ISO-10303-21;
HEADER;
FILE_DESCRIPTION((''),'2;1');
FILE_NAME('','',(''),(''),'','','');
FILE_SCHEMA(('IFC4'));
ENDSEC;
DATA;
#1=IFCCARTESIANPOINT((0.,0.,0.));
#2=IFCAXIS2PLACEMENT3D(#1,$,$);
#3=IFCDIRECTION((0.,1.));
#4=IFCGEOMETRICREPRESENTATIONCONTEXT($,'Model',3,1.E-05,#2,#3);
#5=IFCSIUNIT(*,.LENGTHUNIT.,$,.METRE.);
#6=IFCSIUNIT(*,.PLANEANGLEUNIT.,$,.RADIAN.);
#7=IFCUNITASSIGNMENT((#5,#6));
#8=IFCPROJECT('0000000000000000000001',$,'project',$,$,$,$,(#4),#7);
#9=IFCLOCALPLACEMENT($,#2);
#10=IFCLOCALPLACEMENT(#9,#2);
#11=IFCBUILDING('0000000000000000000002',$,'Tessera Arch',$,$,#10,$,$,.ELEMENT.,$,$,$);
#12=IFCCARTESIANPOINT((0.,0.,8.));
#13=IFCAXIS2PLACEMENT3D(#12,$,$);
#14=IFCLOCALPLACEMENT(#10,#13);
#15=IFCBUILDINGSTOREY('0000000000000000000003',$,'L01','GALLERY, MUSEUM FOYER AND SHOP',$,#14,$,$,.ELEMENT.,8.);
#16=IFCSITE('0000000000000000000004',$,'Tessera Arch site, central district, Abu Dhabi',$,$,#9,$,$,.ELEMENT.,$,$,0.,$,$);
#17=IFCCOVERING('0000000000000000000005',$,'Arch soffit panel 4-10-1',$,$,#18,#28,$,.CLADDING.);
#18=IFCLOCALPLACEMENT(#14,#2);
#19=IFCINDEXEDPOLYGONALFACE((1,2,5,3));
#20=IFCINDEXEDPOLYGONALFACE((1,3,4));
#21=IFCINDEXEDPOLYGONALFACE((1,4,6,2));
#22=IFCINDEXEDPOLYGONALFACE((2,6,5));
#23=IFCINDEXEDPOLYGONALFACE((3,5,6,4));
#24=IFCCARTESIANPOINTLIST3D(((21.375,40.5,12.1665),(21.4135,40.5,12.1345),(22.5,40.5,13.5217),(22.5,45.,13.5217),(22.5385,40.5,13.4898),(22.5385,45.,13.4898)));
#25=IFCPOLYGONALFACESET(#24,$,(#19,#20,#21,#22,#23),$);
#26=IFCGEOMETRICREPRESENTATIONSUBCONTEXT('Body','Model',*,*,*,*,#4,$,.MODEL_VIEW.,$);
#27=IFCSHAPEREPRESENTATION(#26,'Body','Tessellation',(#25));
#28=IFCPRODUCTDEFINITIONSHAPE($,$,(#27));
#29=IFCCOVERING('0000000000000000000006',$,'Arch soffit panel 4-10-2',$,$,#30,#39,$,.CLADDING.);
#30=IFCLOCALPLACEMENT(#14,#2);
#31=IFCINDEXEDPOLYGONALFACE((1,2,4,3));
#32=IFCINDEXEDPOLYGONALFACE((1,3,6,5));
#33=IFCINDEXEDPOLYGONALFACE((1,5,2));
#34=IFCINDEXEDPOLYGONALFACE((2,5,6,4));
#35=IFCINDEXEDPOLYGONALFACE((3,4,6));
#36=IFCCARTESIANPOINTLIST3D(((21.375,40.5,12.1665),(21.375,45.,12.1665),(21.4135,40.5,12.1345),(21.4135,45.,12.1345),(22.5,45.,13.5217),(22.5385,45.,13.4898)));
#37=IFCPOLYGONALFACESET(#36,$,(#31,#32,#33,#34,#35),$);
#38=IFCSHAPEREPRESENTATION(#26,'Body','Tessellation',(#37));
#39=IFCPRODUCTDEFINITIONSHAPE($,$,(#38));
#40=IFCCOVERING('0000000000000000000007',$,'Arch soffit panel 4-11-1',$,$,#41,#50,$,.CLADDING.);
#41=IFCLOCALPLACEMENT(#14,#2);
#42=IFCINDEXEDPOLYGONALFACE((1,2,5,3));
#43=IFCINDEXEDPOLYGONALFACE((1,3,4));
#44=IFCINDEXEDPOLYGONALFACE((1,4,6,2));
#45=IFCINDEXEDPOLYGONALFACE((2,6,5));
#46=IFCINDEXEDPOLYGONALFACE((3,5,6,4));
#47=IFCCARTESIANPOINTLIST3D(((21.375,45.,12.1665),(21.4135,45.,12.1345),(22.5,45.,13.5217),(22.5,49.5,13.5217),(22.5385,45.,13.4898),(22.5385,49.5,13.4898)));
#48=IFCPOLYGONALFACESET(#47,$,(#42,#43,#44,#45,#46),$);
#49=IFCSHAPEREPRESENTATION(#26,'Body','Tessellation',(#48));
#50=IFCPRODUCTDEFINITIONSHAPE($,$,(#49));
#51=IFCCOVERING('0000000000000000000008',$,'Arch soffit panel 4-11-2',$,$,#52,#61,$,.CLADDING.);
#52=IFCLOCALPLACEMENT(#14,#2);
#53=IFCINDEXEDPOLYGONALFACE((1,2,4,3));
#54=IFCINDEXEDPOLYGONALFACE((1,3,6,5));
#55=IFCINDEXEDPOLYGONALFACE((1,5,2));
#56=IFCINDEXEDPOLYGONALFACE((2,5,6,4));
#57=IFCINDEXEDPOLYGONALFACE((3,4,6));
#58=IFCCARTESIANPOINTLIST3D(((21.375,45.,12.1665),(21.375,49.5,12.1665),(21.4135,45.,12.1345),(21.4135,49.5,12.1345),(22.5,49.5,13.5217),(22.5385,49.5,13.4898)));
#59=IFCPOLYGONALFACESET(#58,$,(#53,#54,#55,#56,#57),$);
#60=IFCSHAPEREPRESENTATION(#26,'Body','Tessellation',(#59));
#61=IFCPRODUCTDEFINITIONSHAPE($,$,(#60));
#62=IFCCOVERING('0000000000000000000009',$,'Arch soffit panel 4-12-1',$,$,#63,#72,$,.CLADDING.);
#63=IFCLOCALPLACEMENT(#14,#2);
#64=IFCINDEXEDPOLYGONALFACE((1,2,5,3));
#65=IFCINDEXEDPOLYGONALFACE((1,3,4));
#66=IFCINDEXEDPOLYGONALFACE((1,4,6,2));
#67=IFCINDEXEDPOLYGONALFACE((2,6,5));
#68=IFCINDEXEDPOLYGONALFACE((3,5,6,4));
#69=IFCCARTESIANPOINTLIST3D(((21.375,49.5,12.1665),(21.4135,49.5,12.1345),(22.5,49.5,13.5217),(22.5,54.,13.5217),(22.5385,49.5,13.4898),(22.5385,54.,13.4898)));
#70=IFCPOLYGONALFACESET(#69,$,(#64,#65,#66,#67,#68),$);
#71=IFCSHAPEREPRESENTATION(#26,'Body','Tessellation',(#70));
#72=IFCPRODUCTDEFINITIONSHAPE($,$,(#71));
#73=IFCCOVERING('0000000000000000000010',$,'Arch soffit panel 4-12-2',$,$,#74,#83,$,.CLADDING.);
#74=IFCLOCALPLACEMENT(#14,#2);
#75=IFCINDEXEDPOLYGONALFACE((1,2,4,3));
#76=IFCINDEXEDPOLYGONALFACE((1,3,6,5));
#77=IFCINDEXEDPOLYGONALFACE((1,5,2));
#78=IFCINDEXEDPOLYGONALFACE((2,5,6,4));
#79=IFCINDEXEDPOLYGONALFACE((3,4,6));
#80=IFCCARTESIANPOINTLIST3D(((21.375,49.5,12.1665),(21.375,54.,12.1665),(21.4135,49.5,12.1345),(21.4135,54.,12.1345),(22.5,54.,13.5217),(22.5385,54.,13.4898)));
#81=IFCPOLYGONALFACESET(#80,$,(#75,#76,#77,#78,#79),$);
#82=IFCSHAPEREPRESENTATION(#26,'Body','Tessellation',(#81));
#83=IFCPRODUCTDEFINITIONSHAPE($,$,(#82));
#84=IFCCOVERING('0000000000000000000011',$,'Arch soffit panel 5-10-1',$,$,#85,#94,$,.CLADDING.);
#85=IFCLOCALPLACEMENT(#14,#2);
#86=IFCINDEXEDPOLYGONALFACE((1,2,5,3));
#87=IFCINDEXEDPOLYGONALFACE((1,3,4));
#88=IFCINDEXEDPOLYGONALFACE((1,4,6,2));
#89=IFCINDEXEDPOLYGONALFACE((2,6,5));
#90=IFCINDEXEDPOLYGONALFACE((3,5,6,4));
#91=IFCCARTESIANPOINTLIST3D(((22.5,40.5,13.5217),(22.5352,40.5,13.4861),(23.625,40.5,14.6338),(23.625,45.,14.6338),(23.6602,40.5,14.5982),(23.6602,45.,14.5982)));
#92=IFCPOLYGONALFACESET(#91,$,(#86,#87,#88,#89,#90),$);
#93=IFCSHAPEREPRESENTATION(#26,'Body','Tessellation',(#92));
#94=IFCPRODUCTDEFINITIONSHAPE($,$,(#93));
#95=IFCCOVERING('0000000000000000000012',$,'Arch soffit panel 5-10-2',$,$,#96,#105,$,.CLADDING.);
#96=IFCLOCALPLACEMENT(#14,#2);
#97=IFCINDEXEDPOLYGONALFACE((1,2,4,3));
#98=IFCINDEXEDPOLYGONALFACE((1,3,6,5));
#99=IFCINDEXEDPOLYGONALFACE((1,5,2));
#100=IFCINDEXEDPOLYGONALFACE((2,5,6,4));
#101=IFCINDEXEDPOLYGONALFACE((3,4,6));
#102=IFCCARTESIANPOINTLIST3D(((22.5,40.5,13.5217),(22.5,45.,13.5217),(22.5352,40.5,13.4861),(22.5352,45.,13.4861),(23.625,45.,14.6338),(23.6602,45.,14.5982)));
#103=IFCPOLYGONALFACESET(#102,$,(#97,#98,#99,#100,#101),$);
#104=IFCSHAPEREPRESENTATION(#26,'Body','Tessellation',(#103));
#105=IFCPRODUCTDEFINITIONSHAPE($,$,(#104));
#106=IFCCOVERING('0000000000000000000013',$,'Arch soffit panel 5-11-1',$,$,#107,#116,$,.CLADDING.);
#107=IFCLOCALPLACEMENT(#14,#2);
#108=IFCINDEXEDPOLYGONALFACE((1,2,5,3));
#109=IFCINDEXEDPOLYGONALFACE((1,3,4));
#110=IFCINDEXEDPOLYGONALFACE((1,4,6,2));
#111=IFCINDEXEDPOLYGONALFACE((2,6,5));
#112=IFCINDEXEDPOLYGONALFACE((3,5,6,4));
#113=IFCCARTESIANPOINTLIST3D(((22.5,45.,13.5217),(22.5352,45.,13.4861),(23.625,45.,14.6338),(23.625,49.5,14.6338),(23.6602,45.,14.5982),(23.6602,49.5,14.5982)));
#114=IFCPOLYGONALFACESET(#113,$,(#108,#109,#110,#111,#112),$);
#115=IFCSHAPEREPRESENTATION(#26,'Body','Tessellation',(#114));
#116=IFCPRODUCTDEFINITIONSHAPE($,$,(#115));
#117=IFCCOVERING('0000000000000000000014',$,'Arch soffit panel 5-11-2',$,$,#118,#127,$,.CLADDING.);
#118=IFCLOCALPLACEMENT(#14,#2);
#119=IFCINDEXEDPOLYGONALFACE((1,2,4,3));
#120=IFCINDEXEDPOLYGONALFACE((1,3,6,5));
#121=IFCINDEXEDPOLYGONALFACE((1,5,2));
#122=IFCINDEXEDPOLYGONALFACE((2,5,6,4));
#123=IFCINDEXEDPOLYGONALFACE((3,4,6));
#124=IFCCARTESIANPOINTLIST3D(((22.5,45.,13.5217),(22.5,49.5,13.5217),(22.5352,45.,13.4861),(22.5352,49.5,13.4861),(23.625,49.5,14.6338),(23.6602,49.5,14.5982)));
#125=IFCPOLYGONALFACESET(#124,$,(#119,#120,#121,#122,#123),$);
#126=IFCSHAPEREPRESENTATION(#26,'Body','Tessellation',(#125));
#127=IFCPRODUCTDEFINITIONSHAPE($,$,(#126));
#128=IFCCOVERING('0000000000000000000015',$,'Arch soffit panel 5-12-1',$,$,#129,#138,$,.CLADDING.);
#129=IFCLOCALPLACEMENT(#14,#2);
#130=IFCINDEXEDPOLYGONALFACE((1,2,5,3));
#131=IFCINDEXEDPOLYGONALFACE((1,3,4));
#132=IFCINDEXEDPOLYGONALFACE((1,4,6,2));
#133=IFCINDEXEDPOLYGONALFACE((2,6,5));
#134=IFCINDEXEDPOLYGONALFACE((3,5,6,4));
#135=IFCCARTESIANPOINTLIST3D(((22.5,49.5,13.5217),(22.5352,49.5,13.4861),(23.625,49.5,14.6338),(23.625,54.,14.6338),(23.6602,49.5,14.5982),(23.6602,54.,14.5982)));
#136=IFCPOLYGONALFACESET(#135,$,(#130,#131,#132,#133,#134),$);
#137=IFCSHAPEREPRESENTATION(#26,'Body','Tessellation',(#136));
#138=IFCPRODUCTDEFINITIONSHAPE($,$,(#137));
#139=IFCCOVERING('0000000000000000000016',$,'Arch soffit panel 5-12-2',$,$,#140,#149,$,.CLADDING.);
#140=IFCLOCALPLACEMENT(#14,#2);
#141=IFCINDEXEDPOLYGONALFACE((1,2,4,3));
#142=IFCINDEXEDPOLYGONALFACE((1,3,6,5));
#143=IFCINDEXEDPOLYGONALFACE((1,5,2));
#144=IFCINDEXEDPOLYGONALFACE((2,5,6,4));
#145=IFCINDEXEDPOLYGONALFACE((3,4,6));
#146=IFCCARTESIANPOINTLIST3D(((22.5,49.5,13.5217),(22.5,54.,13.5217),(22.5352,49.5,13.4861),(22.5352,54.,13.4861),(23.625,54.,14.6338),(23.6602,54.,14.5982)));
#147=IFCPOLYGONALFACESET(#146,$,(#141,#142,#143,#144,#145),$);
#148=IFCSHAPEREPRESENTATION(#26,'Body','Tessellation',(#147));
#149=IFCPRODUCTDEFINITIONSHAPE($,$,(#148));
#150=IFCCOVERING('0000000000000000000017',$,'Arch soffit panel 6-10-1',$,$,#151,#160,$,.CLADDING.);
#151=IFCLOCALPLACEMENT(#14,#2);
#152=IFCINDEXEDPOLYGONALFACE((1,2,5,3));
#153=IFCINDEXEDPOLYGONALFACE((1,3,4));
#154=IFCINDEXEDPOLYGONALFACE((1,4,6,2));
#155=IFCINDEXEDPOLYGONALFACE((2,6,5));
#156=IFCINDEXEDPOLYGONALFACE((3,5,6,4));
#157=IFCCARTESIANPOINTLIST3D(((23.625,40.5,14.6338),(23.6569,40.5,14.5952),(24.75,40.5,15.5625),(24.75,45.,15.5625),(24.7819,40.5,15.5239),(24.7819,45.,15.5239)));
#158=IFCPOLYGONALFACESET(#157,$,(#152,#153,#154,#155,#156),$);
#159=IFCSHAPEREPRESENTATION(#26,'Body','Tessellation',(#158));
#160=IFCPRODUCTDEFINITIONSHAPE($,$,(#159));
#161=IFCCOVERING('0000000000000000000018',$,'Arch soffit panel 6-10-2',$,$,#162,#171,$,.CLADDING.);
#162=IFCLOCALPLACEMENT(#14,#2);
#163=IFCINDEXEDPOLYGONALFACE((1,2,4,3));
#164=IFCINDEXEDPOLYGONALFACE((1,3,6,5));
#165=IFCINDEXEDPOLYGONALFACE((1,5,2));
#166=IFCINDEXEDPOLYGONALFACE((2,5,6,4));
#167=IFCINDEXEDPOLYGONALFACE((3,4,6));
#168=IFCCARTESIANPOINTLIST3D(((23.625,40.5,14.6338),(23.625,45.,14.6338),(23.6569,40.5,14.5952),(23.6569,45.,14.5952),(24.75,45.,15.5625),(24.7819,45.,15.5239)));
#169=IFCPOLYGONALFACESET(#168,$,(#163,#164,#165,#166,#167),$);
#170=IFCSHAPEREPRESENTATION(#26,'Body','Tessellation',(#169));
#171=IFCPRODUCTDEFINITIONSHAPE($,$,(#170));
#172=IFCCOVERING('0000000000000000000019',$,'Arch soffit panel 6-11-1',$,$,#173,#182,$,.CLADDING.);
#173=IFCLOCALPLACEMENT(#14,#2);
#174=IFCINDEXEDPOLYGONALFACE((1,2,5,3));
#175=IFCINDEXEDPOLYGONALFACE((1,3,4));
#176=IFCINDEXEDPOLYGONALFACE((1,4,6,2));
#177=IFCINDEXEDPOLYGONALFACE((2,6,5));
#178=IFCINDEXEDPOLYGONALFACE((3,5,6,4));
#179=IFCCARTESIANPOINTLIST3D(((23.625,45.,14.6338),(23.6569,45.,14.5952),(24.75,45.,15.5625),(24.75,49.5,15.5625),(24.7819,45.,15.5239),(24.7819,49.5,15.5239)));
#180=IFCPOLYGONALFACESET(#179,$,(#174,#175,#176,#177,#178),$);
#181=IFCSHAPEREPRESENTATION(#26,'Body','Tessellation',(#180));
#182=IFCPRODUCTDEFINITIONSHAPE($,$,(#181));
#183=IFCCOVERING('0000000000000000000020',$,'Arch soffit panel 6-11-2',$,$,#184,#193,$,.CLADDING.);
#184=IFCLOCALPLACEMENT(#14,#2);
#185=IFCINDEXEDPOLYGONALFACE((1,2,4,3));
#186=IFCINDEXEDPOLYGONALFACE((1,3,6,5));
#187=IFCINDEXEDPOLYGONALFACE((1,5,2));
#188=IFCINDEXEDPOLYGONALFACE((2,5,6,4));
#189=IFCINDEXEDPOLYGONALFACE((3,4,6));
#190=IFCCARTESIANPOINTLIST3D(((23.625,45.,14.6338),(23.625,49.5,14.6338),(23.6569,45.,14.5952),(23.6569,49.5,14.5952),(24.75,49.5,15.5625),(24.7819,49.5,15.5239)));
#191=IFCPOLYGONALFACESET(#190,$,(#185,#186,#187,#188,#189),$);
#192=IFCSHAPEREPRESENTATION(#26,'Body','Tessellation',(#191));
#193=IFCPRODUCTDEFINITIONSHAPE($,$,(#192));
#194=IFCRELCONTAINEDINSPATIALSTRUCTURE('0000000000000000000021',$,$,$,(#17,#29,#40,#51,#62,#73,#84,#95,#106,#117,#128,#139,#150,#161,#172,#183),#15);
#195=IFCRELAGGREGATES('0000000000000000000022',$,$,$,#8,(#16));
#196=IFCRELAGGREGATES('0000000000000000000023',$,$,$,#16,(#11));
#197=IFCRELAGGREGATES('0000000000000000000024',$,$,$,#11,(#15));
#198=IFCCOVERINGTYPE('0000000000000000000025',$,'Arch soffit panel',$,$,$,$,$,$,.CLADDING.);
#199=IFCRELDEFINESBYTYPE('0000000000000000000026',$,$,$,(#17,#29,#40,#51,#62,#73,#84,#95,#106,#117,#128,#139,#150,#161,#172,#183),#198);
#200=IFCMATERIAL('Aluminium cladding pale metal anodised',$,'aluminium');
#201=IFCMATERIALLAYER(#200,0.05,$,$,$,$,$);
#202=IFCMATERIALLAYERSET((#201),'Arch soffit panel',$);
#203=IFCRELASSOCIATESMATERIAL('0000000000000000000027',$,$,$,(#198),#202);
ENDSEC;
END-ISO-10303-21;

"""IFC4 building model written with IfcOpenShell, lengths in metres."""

from ifc_helpers import new_model, si_unit, direction, frame, origin, place, context, subcontext, project, spatial, polyline, outline, extrude, material, layer, layer_set, type_object, element, save


model = new_model("IFC4")

# Units and contexts
model_context = context("Model", 3, precision=1e-05, world=origin(), true_north=direction((0.0, 1.0)))
body_context = subcontext(model_context, "Body", "Model", "MODEL_VIEW")
ifc_project = project(units=[si_unit("LENGTHUNIT", "METRE"), si_unit("PLANEANGLEUNIT", "RADIAN")], contexts=[model_context])

# Site, building, storey
site_placement = place(None, origin())
site = spatial("IfcSite", under=ifc_project, at=site_placement, Name="Tessera Arch site, central district, Abu Dhabi", CompositionType="ELEMENT", RefElevation=0.0)
building_placement = place(site_placement, origin())
building = spatial("IfcBuilding", under=site, at=building_placement, Name="Tessera Arch", CompositionType="ELEMENT")
storey_placement = place(building_placement, frame((0.0, 0.0, 8.0)))
storey = spatial("IfcBuildingStorey", under=building, at=storey_placement, Name="L01", Description="GALLERY, MUSEUM FOYER AND SHOP", CompositionType="ELEMENT", Elevation=8.0)

# Coverings
ifc_material = material(Name="Aluminium cladding pale metal anodised", Category="aluminium")
ifc_layer = layer(ifc_material, 0.05)
ifc_layer_set = layer_set([ifc_layer], Name="Arch soffit panel")
covering_type = type_object("IfcCoveringType", Name="Arch soffit panel", PredefinedType="CLADDING", material=ifc_layer_set)
covering_1_placement = place(storey_placement, frame((21.375, 40.5, 12.1665), z_axis=(-0.769436, 0.0, 0.638724), x_axis=(0.638724, 0.0, 0.769436)))
element("IfcCovering", 1, at=covering_1_placement, inside=storey, type_object=covering_type, Name="Arch soffit panel 4-10-1", PredefinedType="CLADDING", context=body_context, shape_type="SweptSolid", body=[
    extrude(outline(polyline([(0.0, 0.0), (1.7613, 0.0), (1.7613, 4.5), (0.0, 0.0)])), origin(), (0.0, 0.0, -1.0), 0.05),
])
covering_2_placement = place(storey_placement, frame((21.375, 40.5, 12.1665), z_axis=(-0.769436, 0.0, 0.638724), x_axis=(0.232803, 0.931211, 0.280444)))
element("IfcCovering", 2, at=covering_2_placement, inside=storey, type_object=covering_type, Name="Arch soffit panel 4-10-2", PredefinedType="CLADDING", context=body_context, shape_type="SweptSolid", body=[
    extrude(outline(polyline([(0.0, 0.0), (4.8324, 0.0), (4.1904, 1.6402), (0.0, 0.0)])), origin(), (0.0, 0.0, -1.0), 0.05),
])
covering_3_placement = place(storey_placement, frame((21.375, 45.0, 12.1665), z_axis=(-0.769436, 0.0, 0.638724), x_axis=(0.638724, 0.0, 0.769436)))
element("IfcCovering", 3, at=covering_3_placement, inside=storey, type_object=covering_type, Name="Arch soffit panel 4-11-1", PredefinedType="CLADDING", context=body_context, shape_type="SweptSolid", body=[
    extrude(outline(polyline([(0.0, 0.0), (1.7613, 0.0), (1.7613, 4.5), (0.0, 0.0)])), origin(), (0.0, 0.0, -1.0), 0.05),
])
covering_4_placement = place(storey_placement, frame((21.375, 45.0, 12.1665), z_axis=(-0.769436, 0.0, 0.638724), x_axis=(0.232803, 0.931211, 0.280444)))
element("IfcCovering", 4, at=covering_4_placement, inside=storey, type_object=covering_type, Name="Arch soffit panel 4-11-2", PredefinedType="CLADDING", context=body_context, shape_type="SweptSolid", body=[
    extrude(outline(polyline([(0.0, 0.0), (4.8324, 0.0), (4.1904, 1.6402), (0.0, 0.0)])), origin(), (0.0, 0.0, -1.0), 0.05),
])
covering_5_placement = place(storey_placement, frame((21.375, 49.5, 12.1665), z_axis=(-0.769436, 0.0, 0.638724), x_axis=(0.638724, 0.0, 0.769436)))
element("IfcCovering", 5, at=covering_5_placement, inside=storey, type_object=covering_type, Name="Arch soffit panel 4-12-1", PredefinedType="CLADDING", context=body_context, shape_type="SweptSolid", body=[
    extrude(outline(polyline([(0.0, 0.0), (1.7613, 0.0), (1.7613, 4.5), (0.0, 0.0)])), origin(), (0.0, 0.0, -1.0), 0.05),
])
covering_6_placement = place(storey_placement, frame((21.375, 49.5, 12.1665), z_axis=(-0.769436, 0.0, 0.638724), x_axis=(0.232803, 0.931211, 0.280444)))
element("IfcCovering", 6, at=covering_6_placement, inside=storey, type_object=covering_type, Name="Arch soffit panel 4-12-2", PredefinedType="CLADDING", context=body_context, shape_type="SweptSolid", body=[
    extrude(outline(polyline([(0.0, 0.0), (4.8324, 0.0), (4.1904, 1.6402), (0.0, 0.0)])), origin(), (0.0, 0.0, -1.0), 0.05),
])
covering_7_placement = place(storey_placement, frame((22.5, 40.5, 13.5217), z_axis=(-0.703005, 0.0, 0.711185), x_axis=(0.711185, 0.0, 0.703005)))
element("IfcCovering", 7, at=covering_7_placement, inside=storey, type_object=covering_type, Name="Arch soffit panel 5-10-1", PredefinedType="CLADDING", context=body_context, shape_type="SweptSolid", body=[
    extrude(outline(polyline([(0.0, 0.0), (1.5819, 0.0), (1.5819, 4.5), (0.0, 0.0)])), origin(), (0.0, 0.0, -1.0), 0.05),
])
covering_8_placement = place(storey_placement, frame((22.5, 40.5, 13.5217), z_axis=(-0.703005, 0.0, 0.711185), x_axis=(0.235852, 0.943409, 0.233139)))
element("IfcCovering", 8, at=covering_8_placement, inside=storey, type_object=covering_type, Name="Arch soffit panel 5-10-2", PredefinedType="CLADDING", context=body_context, shape_type="SweptSolid", body=[
    extrude(outline(polyline([(0.0, 0.0), (4.7699, 0.0), (4.2453, 1.4923), (0.0, 0.0)])), origin(), (0.0, 0.0, -1.0), 0.05),
])
covering_9_placement = place(storey_placement, frame((22.5, 45.0, 13.5217), z_axis=(-0.703005, 0.0, 0.711185), x_axis=(0.711185, 0.0, 0.703005)))
element("IfcCovering", 9, at=covering_9_placement, inside=storey, type_object=covering_type, Name="Arch soffit panel 5-11-1", PredefinedType="CLADDING", context=body_context, shape_type="SweptSolid", body=[
    extrude(outline(polyline([(0.0, 0.0), (1.5819, 0.0), (1.5819, 4.5), (0.0, 0.0)])), origin(), (0.0, 0.0, -1.0), 0.05),
])
covering_10_placement = place(storey_placement, frame((22.5, 45.0, 13.5217), z_axis=(-0.703005, 0.0, 0.711185), x_axis=(0.235852, 0.943409, 0.233139)))
element("IfcCovering", 10, at=covering_10_placement, inside=storey, type_object=covering_type, Name="Arch soffit panel 5-11-2", PredefinedType="CLADDING", context=body_context, shape_type="SweptSolid", body=[
    extrude(outline(polyline([(0.0, 0.0), (4.7699, 0.0), (4.2453, 1.4923), (0.0, 0.0)])), origin(), (0.0, 0.0, -1.0), 0.05),
])
covering_11_placement = place(storey_placement, frame((22.5, 49.5, 13.5217), z_axis=(-0.703005, 0.0, 0.711185), x_axis=(0.711185, 0.0, 0.703005)))
element("IfcCovering", 11, at=covering_11_placement, inside=storey, type_object=covering_type, Name="Arch soffit panel 5-12-1", PredefinedType="CLADDING", context=body_context, shape_type="SweptSolid", body=[
    extrude(outline(polyline([(0.0, 0.0), (1.5819, 0.0), (1.5819, 4.5), (0.0, 0.0)])), origin(), (0.0, 0.0, -1.0), 0.05),
])
covering_12_placement = place(storey_placement, frame((22.5, 49.5, 13.5217), z_axis=(-0.703005, 0.0, 0.711185), x_axis=(0.235852, 0.943409, 0.233139)))
element("IfcCovering", 12, at=covering_12_placement, inside=storey, type_object=covering_type, Name="Arch soffit panel 5-12-2", PredefinedType="CLADDING", context=body_context, shape_type="SweptSolid", body=[
    extrude(outline(polyline([(0.0, 0.0), (4.7699, 0.0), (4.2453, 1.4923), (0.0, 0.0)])), origin(), (0.0, 0.0, -1.0), 0.05),
])
covering_13_placement = place(storey_placement, frame((23.625, 40.5, 14.6338), z_axis=(-0.636622, 0.0, 0.771176), x_axis=(0.771176, 0.0, 0.636622)))
element("IfcCovering", 13, at=covering_13_placement, inside=storey, type_object=covering_type, Name="Arch soffit panel 6-10-1", PredefinedType="CLADDING", context=body_context, shape_type="SweptSolid", body=[
    extrude(outline(polyline([(0.0, 0.0), (1.4588, 0.0), (1.4588, 4.5), (0.0, 0.0)])), origin(), (0.0, 0.0, -1.0), 0.05),
])
covering_14_placement = place(storey_placement, frame((23.625, 40.5, 14.6338), z_axis=(-0.636622, 0.0, 0.771176), x_axis=(0.237816, 0.951263, 0.196322)))
element("IfcCovering", 14, at=covering_14_placement, inside=storey, type_object=covering_type, Name="Arch soffit panel 6-10-2", PredefinedType="CLADDING", context=body_context, shape_type="SweptSolid", body=[
    extrude(outline(polyline([(0.0, 0.0), (4.7306, 0.0), (4.2807, 1.3877), (0.0, 0.0)])), origin(), (0.0, 0.0, -1.0), 0.05),
])
covering_15_placement = place(storey_placement, frame((23.625, 45.0, 14.6338), z_axis=(-0.636622, 0.0, 0.771176), x_axis=(0.771176, 0.0, 0.636622)))
element("IfcCovering", 15, at=covering_15_placement, inside=storey, type_object=covering_type, Name="Arch soffit panel 6-11-1", PredefinedType="CLADDING", context=body_context, shape_type="SweptSolid", body=[
    extrude(outline(polyline([(0.0, 0.0), (1.4588, 0.0), (1.4588, 4.5), (0.0, 0.0)])), origin(), (0.0, 0.0, -1.0), 0.05),
])
covering_16_placement = place(storey_placement, frame((23.625, 45.0, 14.6338), z_axis=(-0.636622, 0.0, 0.771176), x_axis=(0.237816, 0.951263, 0.196322)))
element("IfcCovering", 16, at=covering_16_placement, inside=storey, type_object=covering_type, Name="Arch soffit panel 6-11-2", PredefinedType="CLADDING", context=body_context, shape_type="SweptSolid", body=[
    extrude(outline(polyline([(0.0, 0.0), (4.7306, 0.0), (4.2807, 1.3877), (0.0, 0.0)])), origin(), (0.0, 0.0, -1.0), 0.05),
])

save(model, "model.ifc")
